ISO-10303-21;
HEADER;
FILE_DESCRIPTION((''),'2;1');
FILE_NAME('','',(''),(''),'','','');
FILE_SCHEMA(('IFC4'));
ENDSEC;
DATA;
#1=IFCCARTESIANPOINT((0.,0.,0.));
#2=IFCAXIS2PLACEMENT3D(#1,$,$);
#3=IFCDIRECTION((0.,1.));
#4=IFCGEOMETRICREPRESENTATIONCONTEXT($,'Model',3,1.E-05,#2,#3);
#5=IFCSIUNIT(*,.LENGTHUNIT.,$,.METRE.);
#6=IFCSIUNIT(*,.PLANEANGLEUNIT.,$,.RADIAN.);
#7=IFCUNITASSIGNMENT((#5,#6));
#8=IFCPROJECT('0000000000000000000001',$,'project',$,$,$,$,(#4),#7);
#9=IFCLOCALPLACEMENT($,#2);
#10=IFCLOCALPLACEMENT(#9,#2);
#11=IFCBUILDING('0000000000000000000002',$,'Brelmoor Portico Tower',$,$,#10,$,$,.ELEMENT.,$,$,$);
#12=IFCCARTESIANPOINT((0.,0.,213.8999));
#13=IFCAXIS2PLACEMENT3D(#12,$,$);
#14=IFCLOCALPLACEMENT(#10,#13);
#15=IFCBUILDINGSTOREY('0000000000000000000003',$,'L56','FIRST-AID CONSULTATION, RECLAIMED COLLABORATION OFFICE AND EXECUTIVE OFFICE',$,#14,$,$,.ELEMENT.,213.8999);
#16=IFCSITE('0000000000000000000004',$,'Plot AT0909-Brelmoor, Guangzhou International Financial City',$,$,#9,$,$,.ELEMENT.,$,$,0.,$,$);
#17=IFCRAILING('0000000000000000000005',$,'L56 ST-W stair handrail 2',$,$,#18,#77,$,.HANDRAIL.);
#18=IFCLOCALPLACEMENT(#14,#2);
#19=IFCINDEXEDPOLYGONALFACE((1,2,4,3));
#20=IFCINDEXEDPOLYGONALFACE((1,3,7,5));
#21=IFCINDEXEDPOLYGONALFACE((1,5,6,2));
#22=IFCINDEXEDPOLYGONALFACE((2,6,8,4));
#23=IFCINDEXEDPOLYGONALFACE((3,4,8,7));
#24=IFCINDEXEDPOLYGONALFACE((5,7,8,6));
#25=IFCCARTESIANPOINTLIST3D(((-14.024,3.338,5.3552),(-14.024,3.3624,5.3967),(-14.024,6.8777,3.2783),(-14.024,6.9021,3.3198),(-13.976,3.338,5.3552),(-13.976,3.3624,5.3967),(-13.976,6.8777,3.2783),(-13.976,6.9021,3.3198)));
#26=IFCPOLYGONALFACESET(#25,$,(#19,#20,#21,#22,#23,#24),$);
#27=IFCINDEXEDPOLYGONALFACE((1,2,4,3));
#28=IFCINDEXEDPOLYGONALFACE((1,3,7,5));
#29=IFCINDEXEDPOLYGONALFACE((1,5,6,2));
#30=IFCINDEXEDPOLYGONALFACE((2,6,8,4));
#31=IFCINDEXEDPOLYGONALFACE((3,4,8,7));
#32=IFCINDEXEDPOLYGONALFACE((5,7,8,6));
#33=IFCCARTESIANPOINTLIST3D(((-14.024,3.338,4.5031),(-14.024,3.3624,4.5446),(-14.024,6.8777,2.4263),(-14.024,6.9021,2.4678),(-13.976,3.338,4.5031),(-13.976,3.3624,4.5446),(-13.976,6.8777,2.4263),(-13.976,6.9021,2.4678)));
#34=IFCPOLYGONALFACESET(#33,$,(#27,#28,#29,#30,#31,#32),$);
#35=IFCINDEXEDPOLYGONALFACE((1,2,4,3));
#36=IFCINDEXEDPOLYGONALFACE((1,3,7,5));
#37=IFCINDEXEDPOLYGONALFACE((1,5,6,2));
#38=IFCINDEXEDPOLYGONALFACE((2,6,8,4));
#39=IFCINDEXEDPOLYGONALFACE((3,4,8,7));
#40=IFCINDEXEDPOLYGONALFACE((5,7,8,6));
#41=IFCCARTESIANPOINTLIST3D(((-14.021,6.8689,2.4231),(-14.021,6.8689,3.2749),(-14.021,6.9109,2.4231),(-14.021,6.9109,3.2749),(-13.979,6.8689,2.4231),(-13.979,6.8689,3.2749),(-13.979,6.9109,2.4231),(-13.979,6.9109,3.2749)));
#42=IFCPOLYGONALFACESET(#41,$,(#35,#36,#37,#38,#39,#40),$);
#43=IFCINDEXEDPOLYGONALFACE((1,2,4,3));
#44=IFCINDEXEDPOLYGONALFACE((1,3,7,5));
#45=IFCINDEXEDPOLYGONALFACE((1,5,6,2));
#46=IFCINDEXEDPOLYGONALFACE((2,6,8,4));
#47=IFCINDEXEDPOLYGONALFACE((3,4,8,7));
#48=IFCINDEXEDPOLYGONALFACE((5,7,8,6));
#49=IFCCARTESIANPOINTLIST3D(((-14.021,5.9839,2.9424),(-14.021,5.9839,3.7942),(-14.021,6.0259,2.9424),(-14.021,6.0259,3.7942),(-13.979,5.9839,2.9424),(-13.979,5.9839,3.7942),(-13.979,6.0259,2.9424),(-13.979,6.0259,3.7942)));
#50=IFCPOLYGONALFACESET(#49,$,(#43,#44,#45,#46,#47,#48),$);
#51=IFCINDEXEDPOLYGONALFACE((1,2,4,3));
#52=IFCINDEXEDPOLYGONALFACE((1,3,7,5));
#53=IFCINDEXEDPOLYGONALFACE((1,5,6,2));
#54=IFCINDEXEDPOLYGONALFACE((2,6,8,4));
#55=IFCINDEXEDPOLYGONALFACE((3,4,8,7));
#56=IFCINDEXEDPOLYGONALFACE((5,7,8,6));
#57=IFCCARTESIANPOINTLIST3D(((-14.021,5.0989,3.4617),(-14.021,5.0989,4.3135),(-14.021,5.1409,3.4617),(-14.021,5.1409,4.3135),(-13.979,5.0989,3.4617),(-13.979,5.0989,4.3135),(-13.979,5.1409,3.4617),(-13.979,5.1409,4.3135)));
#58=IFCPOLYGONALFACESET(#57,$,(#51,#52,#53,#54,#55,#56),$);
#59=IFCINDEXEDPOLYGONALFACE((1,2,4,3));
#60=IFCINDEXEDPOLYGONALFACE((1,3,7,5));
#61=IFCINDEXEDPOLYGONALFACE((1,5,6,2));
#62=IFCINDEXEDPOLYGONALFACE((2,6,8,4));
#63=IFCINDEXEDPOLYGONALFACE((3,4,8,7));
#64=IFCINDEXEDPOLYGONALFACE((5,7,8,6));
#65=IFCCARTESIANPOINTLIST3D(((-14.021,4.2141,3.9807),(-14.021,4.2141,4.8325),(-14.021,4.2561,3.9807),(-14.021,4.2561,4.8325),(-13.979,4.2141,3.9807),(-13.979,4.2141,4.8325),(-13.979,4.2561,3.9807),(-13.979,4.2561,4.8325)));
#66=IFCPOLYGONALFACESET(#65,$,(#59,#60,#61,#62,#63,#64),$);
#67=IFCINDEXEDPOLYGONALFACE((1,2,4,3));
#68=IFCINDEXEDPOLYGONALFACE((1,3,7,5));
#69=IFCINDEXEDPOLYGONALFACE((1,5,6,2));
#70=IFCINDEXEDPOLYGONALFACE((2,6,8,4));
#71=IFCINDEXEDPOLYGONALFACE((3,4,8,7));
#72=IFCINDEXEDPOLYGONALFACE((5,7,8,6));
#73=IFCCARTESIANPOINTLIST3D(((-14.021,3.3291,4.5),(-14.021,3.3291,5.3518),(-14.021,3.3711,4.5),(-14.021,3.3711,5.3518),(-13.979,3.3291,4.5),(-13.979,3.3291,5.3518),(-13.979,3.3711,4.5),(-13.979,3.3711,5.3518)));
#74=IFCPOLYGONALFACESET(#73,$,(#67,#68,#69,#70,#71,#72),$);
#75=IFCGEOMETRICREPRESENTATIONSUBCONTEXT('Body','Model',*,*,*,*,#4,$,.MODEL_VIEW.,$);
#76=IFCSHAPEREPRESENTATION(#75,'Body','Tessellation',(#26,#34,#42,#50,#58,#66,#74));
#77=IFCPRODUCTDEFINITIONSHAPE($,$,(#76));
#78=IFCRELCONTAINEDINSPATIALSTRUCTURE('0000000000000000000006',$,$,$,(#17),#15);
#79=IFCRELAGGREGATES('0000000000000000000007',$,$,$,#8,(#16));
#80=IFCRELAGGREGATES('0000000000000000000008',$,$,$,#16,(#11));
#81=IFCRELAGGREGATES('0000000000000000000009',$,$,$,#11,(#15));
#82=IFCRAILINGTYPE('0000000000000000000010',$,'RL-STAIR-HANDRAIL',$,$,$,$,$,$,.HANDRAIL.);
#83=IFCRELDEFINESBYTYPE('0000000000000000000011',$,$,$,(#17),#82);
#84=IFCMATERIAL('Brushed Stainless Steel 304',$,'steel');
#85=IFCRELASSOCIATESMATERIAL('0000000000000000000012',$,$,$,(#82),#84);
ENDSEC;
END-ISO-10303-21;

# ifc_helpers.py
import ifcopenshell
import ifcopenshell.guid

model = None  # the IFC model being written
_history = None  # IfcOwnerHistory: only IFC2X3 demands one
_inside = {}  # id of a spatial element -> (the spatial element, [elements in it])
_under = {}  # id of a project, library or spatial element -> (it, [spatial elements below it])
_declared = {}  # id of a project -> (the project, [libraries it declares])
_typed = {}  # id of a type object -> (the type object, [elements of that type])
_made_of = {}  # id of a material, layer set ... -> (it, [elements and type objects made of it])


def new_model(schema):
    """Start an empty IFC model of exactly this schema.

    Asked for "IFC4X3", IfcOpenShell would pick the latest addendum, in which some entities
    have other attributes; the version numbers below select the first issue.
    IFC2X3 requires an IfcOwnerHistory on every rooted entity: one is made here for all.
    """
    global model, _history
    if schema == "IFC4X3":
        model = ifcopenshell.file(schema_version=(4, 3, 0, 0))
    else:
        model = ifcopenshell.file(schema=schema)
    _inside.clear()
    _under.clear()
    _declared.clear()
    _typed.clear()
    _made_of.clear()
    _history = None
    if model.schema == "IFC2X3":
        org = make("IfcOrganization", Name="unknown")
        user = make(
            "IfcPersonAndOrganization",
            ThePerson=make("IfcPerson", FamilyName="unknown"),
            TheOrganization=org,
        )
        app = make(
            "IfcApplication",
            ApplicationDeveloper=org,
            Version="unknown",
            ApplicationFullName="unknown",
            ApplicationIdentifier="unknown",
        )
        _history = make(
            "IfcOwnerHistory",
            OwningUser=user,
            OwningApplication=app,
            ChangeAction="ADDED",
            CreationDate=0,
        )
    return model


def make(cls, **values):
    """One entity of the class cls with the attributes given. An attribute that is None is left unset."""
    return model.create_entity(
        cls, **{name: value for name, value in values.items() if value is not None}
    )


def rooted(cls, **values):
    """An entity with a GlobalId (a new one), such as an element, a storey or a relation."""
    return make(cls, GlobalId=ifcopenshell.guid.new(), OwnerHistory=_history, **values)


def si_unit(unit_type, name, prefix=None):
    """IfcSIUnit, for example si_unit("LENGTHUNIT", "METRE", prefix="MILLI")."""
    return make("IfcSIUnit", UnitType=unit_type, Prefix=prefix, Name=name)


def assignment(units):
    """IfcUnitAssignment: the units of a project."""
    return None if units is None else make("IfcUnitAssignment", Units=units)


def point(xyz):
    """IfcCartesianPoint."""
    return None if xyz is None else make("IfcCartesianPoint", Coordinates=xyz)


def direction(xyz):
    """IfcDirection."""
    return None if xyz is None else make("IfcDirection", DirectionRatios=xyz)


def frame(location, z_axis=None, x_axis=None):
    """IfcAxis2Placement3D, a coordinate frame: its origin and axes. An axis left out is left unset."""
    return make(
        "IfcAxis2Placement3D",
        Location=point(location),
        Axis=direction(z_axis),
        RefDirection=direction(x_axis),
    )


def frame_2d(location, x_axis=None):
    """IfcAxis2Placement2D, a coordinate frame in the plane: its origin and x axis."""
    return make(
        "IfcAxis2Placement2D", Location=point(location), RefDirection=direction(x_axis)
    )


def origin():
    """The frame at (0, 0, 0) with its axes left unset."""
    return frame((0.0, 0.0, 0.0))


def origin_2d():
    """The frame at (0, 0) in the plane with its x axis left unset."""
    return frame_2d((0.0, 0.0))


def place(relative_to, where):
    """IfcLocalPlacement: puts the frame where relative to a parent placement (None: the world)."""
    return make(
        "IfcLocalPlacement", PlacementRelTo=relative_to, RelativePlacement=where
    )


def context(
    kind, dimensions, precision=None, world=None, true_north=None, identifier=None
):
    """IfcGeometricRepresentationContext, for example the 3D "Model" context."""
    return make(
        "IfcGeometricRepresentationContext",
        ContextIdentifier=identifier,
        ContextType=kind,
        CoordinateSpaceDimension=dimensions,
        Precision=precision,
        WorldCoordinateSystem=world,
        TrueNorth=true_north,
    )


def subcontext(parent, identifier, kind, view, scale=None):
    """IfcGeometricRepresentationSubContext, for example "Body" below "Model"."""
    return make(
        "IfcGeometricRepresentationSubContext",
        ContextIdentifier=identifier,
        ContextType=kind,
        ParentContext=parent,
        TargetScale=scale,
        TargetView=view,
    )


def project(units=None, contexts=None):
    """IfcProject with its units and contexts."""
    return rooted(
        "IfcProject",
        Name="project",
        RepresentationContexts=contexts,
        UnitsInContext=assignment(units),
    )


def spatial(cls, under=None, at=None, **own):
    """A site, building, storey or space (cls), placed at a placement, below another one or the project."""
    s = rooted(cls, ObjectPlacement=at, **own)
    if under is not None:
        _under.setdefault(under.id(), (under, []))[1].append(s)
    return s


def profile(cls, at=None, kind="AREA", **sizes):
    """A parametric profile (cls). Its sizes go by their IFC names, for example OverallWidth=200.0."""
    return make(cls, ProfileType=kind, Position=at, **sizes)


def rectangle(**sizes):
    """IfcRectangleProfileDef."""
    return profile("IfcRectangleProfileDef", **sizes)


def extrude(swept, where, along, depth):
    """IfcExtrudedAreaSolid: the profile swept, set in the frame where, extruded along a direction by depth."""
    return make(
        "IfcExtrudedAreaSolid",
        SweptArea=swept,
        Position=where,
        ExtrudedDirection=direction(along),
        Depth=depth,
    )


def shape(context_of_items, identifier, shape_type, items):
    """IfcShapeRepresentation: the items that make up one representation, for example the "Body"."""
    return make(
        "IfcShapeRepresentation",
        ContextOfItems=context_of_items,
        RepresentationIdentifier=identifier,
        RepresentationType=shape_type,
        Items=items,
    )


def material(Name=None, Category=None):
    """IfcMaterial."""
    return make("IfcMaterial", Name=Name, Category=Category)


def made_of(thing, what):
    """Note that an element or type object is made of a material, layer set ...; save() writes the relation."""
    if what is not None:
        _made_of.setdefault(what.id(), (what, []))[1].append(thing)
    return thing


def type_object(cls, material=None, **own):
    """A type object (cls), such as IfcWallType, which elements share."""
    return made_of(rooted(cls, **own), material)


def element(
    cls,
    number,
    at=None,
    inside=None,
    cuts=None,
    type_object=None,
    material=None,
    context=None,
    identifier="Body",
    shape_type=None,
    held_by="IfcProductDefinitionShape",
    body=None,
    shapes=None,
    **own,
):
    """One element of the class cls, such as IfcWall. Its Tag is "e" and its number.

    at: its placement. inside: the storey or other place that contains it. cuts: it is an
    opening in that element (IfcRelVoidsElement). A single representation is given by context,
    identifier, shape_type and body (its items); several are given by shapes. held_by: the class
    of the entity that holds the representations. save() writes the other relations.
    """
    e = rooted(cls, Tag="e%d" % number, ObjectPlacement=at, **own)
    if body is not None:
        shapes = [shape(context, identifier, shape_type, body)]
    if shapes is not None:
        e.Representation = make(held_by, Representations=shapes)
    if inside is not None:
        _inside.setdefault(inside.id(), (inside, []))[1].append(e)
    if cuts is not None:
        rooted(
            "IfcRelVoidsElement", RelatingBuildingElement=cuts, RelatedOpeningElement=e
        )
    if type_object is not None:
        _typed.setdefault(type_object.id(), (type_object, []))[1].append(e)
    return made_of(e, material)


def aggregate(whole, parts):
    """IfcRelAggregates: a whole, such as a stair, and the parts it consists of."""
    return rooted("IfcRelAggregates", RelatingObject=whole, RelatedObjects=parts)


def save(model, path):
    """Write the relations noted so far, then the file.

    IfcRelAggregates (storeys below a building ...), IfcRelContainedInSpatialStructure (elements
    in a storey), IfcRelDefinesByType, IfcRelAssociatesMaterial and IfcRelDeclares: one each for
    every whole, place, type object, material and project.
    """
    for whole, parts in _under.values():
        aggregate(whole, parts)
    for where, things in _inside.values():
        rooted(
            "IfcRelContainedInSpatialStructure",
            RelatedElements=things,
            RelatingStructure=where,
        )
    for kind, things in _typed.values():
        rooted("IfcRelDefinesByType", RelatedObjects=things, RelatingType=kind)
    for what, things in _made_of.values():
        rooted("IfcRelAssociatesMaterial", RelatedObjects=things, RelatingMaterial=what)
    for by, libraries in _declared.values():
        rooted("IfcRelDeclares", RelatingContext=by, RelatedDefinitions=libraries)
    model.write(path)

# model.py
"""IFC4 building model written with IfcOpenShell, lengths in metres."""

from ifc_helpers import new_model, si_unit, direction, frame, origin, origin_2d, place, context, subcontext, project, spatial, rectangle, extrude, material, type_object, element, save


model = new_model("IFC4")

# Units and contexts
model_context = context("Model", 3, precision=1e-05, world=origin(), true_north=direction((0.0, 1.0)))
body_context = subcontext(model_context, "Body", "Model", "MODEL_VIEW")
ifc_project = project(units=[si_unit("LENGTHUNIT", "METRE"), si_unit("PLANEANGLEUNIT", "RADIAN")], contexts=[model_context])

# Site, building, storey
site_placement = place(None, origin())
site = spatial("IfcSite", under=ifc_project, at=site_placement, Name="Plot AT0909-Brelmoor, Guangzhou International Financial City", CompositionType="ELEMENT", RefElevation=0.0)
building_placement = place(site_placement, origin())
building = spatial("IfcBuilding", under=site, at=building_placement, Name="Brelmoor Portico Tower", CompositionType="ELEMENT")
storey_placement = place(building_placement, frame((0.0, 0.0, 213.8999)))
storey = spatial("IfcBuildingStorey", under=building, at=storey_placement, Name="L56", Description="FIRST-AID CONSULTATION, RECLAIMED COLLABORATION OFFICE AND EXECUTIVE OFFICE", CompositionType="ELEMENT", Elevation=213.8999)

# Railing
ifc_material_1 = material(Name="Brushed Stainless Steel 304", Category="steel")
railing_type_1 = type_object("IfcRailingType", Name="RL-STAIR-HANDRAIL", PredefinedType="HANDRAIL", material=ifc_material_1)
railing_1_placement = place(storey_placement, frame((-14.0, 6.8899, 2.4231)))
element("IfcRailing", 1, at=railing_1_placement, inside=storey, type_object=railing_type_1, Name="L56 ST-W stair handrail 2", PredefinedType="HANDRAIL", context=body_context, shape_type="SweptSolid", body=[
    extrude(rectangle(XDim=0.0481, YDim=0.0481, at=origin_2d()), frame((0.0, 0.0, 0.876), z_axis=(0.0, -0.862501, 0.506055), x_axis=(1.0, 0.0, 0.0)), (0.0, 0.0, 1.0), 4.104),
    extrude(rectangle(XDim=0.0481, YDim=0.0481, at=origin_2d()), frame((0.0, 0.0, 0.0239), z_axis=(0.0, -0.862501, 0.506055), x_axis=(1.0, 0.0, 0.0)), (0.0, 0.0, 1.0), 4.104),
    extrude(rectangle(XDim=0.042, YDim=0.042, at=origin_2d()), origin(), (0.0, 0.0, 1.0), 0.8518),
    extrude(rectangle(XDim=0.042, YDim=0.042, at=origin_2d()), frame((0.0, -0.885, 0.5193)), (0.0, 0.0, 1.0), 0.8518),
    extrude(rectangle(XDim=0.042, YDim=0.042, at=origin_2d()), frame((0.0, -1.77, 1.0386)), (0.0, 0.0, 1.0), 0.8518),
    extrude(rectangle(XDim=0.042, YDim=0.042, at=origin_2d()), frame((0.0, -2.6548, 1.5576)), (0.0, 0.0, 1.0), 0.8518),
    extrude(rectangle(XDim=0.042, YDim=0.042, at=origin_2d()), frame((0.0, -3.5398, 2.0769)), (0.0, 0.0, 1.0), 0.8518),
])

save(model, "model.ifc")
